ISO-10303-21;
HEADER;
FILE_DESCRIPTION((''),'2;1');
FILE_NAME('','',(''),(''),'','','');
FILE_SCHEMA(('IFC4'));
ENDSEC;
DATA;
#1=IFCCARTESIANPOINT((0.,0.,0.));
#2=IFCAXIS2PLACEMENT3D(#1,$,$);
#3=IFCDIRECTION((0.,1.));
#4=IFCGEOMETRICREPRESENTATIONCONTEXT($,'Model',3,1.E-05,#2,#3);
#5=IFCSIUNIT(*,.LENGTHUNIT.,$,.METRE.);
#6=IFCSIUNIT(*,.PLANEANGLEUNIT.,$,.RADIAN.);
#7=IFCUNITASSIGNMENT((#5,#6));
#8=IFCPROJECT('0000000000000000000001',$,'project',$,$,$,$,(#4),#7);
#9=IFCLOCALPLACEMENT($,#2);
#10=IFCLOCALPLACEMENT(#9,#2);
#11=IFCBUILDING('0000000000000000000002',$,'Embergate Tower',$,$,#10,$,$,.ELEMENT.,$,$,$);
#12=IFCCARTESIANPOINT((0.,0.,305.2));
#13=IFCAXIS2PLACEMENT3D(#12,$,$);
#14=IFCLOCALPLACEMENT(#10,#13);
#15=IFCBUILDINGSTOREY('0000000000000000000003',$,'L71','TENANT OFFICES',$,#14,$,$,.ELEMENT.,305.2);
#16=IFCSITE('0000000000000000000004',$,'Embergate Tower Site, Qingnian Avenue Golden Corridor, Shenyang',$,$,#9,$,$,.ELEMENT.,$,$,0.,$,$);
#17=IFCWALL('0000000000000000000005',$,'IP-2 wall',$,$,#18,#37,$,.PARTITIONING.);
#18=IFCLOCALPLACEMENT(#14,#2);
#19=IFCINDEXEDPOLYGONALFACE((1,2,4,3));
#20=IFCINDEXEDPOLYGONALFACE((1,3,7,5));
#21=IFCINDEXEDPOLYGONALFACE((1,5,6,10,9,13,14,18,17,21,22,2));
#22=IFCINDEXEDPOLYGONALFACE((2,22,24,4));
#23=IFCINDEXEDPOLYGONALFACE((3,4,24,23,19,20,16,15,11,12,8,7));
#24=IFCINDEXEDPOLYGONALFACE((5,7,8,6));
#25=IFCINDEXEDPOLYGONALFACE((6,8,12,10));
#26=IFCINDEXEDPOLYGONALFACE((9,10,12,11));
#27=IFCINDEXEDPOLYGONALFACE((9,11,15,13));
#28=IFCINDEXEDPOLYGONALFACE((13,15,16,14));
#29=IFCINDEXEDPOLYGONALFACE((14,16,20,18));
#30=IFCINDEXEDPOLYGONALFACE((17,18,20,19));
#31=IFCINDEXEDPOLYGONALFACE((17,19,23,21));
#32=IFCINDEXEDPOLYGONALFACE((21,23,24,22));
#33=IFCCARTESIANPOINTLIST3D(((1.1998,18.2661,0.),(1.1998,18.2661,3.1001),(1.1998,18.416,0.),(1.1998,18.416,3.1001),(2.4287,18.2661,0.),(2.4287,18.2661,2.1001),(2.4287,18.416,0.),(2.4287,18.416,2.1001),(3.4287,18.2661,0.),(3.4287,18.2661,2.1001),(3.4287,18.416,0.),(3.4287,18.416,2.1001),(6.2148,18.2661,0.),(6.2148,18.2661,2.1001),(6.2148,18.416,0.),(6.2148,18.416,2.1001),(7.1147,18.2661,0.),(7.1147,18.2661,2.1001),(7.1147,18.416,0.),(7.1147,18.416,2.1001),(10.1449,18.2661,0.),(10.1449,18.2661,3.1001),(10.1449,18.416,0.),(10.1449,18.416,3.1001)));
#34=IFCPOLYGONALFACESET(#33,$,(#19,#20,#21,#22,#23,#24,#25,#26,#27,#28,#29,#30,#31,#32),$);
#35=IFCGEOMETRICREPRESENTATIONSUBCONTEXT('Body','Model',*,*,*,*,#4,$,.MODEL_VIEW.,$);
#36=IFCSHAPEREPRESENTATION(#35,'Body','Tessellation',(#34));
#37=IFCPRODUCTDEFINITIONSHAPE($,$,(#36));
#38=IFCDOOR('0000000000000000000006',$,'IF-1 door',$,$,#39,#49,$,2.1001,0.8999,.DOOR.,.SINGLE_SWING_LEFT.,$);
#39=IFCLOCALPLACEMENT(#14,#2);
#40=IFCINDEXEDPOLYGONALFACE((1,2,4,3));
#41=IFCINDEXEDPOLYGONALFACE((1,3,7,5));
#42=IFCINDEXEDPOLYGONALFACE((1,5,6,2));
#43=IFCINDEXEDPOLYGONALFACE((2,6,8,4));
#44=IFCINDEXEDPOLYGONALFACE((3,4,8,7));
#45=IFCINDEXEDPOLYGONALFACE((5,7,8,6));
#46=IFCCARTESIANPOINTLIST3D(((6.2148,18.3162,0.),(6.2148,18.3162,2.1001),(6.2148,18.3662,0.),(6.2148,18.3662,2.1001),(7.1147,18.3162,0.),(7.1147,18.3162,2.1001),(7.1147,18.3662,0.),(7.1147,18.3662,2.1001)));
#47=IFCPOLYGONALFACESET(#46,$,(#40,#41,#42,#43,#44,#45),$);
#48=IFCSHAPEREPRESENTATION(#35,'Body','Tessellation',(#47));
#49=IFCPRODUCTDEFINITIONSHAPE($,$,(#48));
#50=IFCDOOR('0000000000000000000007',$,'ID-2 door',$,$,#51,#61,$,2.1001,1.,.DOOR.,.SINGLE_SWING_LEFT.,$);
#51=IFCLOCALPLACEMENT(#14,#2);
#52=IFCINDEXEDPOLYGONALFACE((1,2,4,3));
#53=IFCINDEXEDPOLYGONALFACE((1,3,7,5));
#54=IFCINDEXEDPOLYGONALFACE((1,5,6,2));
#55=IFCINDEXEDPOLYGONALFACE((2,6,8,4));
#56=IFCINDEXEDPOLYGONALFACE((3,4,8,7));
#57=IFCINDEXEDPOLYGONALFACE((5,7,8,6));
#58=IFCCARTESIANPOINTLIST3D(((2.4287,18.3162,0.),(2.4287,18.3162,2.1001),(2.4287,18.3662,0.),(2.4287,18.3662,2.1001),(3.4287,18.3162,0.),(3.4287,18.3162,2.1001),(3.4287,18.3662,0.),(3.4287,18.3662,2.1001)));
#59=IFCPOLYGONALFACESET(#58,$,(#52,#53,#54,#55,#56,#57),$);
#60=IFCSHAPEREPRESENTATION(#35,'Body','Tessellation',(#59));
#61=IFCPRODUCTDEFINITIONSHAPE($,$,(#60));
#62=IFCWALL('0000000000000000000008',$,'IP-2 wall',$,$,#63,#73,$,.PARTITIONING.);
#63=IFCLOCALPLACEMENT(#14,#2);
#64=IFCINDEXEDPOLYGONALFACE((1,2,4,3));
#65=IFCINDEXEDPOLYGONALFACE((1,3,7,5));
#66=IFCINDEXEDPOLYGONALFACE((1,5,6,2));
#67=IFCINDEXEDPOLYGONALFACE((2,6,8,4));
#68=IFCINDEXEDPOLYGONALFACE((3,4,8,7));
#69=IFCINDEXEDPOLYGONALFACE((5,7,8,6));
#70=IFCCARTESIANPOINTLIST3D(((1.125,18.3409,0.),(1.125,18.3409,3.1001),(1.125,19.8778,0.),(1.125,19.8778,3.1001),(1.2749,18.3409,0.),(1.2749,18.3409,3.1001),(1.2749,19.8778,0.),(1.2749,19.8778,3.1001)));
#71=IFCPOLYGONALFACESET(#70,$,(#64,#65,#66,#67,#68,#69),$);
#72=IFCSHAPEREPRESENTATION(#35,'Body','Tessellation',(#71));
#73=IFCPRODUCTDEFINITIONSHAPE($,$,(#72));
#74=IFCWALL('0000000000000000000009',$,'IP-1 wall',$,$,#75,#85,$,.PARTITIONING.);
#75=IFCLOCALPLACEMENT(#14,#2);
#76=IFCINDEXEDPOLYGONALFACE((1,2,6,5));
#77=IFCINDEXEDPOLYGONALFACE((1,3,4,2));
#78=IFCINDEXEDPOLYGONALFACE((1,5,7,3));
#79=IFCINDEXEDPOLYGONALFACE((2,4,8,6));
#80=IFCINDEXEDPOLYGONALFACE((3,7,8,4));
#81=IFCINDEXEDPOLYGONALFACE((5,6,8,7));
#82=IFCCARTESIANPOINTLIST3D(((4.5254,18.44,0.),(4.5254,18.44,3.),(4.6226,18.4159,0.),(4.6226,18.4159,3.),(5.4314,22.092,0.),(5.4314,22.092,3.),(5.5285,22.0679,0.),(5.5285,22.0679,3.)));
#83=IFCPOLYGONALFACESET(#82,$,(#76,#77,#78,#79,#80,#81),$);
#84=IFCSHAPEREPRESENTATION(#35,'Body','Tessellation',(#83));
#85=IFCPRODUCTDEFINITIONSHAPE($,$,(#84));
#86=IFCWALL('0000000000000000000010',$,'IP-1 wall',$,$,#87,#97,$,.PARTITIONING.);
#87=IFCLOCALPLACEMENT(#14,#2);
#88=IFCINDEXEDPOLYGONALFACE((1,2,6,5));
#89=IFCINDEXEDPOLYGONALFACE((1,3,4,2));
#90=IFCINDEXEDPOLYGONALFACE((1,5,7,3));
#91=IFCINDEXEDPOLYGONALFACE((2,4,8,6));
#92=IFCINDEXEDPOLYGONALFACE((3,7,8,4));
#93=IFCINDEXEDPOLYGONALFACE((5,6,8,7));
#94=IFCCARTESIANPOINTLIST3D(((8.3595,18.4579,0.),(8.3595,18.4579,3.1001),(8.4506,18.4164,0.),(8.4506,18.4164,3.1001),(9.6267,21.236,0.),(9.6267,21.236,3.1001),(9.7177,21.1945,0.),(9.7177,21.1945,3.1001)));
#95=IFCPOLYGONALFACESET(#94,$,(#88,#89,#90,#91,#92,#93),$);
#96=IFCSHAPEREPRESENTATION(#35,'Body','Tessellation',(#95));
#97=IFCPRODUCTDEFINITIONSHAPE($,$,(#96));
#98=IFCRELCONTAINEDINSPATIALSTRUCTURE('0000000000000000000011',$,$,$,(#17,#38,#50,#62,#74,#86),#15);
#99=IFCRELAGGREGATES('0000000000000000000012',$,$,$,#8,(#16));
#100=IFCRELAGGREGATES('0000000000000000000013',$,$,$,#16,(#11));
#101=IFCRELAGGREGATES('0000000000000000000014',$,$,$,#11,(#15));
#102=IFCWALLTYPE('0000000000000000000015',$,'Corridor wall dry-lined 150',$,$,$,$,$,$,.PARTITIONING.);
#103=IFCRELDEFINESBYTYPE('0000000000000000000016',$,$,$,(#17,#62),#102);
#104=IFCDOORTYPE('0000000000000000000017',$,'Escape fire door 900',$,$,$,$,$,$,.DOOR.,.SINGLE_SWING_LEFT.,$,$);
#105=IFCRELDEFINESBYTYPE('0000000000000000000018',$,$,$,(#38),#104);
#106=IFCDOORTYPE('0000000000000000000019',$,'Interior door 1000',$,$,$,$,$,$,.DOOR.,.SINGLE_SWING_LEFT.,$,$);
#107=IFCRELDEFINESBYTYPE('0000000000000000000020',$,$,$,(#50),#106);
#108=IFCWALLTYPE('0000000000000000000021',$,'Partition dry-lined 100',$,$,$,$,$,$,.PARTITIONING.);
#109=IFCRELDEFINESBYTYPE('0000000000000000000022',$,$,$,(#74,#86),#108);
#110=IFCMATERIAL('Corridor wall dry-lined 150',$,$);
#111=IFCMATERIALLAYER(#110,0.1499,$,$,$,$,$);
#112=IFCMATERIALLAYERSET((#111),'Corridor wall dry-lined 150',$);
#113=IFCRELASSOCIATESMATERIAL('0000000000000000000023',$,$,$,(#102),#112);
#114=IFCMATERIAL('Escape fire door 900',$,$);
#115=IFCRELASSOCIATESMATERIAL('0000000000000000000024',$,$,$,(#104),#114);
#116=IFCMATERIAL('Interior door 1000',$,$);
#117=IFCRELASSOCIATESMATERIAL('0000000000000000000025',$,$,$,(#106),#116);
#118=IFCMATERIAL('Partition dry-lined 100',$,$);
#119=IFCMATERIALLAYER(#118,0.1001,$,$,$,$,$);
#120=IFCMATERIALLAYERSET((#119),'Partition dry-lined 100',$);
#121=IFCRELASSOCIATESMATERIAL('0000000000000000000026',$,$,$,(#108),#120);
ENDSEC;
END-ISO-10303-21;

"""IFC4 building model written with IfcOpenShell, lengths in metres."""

from ifc_helpers import new_model, si_unit, direction, frame, frame_2d, origin, place, context, subcontext, project, spatial, rectangle, extrude, source, transform, mapped, material, layer, layer_set, type_object, element, fill, save


model = new_model("IFC4")

# Units and contexts
model_context = context("Model", 3, precision=1e-05, world=origin(), true_north=direction((0.0, 1.0)))
body_context = subcontext(model_context, "Body", "Model", "MODEL_VIEW")
ifc_project = project(units=[si_unit("LENGTHUNIT", "METRE"), si_unit("PLANEANGLEUNIT", "RADIAN")], contexts=[model_context])

# Site, building, storey
site_placement = place(None, origin())
site = spatial("IfcSite", under=ifc_project, at=site_placement, Name="Embergate Tower Site, Qingnian Avenue Golden Corridor, Shenyang", CompositionType="ELEMENT", RefElevation=0.0)
building_placement = place(site_placement, origin())
building = spatial("IfcBuilding", under=site, at=building_placement, Name="Embergate Tower", CompositionType="ELEMENT")
storey_placement = place(building_placement, frame((0.0, 0.0, 305.2)))
storey = spatial("IfcBuildingStorey", under=building, at=storey_placement, Name="L71", Description="TENANT OFFICES", CompositionType="ELEMENT", Elevation=305.2)

# Wall, openings, doors
ifc_material_1 = material(Name="Corridor wall dry-lined 150")
ifc_layer_1 = layer(ifc_material_1, 0.1499)
ifc_layer_set_1 = layer_set([ifc_layer_1], Name="Corridor wall dry-lined 150")
wall_type_1 = type_object("IfcWallType", Name="Corridor wall dry-lined 150", PredefinedType="PARTITIONING", material=ifc_layer_set_1)
shared_shape_1 = source(origin(), body_context, "Body", "SweptSolid", [
    extrude(rectangle(XDim=8.9451, YDim=0.1499, at=frame_2d((4.4727, 0.0))), origin(), (0.0, 0.0, 1.0), 3.1001),
])
wall_1_placement = place(storey_placement, frame((10.145, 18.3411, 0.0), z_axis=(0.0, 0.0, 1.0), x_axis=(-1.0, 0.0, 0.0)))
wall_1 = element("IfcWall", 1, at=wall_1_placement, inside=storey, type_object=wall_type_1, Name="IP-2 wall", PredefinedType="PARTITIONING", context=body_context, shape_type="MappedRepresentation", body=[
    mapped(shared_shape_1, transform((0.0, 0.0, 0.0))),
])
shared_shape_2 = source(origin(), body_context, "Body", "SweptSolid", [
    extrude(rectangle(XDim=0.8999, YDim=2.1001, at=frame_2d((0.45, 1.05))), frame((0.0, 0.085, 0.0), z_axis=(0.0, -1.0, 0.0), x_axis=(1.0, 0.0, 0.0)), (0.0, 0.0, 1.0), 0.1699),
])
opening_1_placement = place(wall_1_placement, frame((3.0303, 0.0, 0.0)))
opening_1 = element("IfcOpeningElement", 2, at=opening_1_placement, cuts=wall_1, PredefinedType="OPENING", context=body_context, shape_type="MappedRepresentation", body=[
    mapped(shared_shape_2, transform((0.0, 0.0, 0.0))),
])
shared_shape_3 = source(origin(), body_context, "Body", "SweptSolid", [
    extrude(rectangle(XDim=1.0, YDim=2.1001, at=frame_2d((0.5, 1.05))), frame((0.0, 0.085, 0.0), z_axis=(0.0, -1.0, 0.0), x_axis=(1.0, 0.0, 0.0)), (0.0, 0.0, 1.0), 0.1699),
])
opening_2_placement = place(wall_1_placement, frame((6.7163, 0.0, 0.0)))
opening_2 = element("IfcOpeningElement", 3, at=opening_2_placement, cuts=wall_1, PredefinedType="OPENING", context=body_context, shape_type="MappedRepresentation", body=[
    mapped(shared_shape_3, transform((0.0, 0.0, 0.0))),
])
ifc_material_2 = material(Name="Escape fire door 900")
door_type_1 = type_object("IfcDoorType", Name="Escape fire door 900", OperationType="SINGLE_SWING_LEFT", PredefinedType="DOOR", material=ifc_material_2)
shared_shape_4 = source(origin(), body_context, "Body", "SweptSolid", [
    extrude(rectangle(XDim=0.8999, YDim=2.1001, at=frame_2d((0.45, 1.05))), frame((0.0, 0.0249, 0.0), z_axis=(0.0, -1.0, 0.0), x_axis=(1.0, 0.0, 0.0)), (0.0, 0.0, 1.0), 0.05),
])
door_1_placement = place(opening_1_placement, origin())
door_1 = element("IfcDoor", 4, at=door_1_placement, inside=storey, type_object=door_type_1, Name="IF-1 door", OperationType="SINGLE_SWING_LEFT", OverallHeight=2.1001, OverallWidth=0.8999, PredefinedType="DOOR", context=body_context, shape_type="MappedRepresentation", body=[
    mapped(shared_shape_4, transform((0.0, 0.0, 0.0))),
])
fill(opening_1, door_1)
ifc_material_3 = material(Name="Interior door 1000")
door_type_2 = type_object("IfcDoorType", Name="Interior door 1000", OperationType="SINGLE_SWING_LEFT", PredefinedType="DOOR", material=ifc_material_3)
shared_shape_5 = source(origin(), body_context, "Body", "SweptSolid", [
    extrude(rectangle(XDim=1.0, YDim=2.1001, at=frame_2d((0.5, 1.05))), frame((0.0, 0.0249, 0.0), z_axis=(0.0, -1.0, 0.0), x_axis=(1.0, 0.0, 0.0)), (0.0, 0.0, 1.0), 0.05),
])
door_2_placement = place(opening_2_placement, origin())
door_2 = element("IfcDoor", 5, at=door_2_placement, inside=storey, type_object=door_type_2, Name="ID-2 door", OperationType="SINGLE_SWING_LEFT", OverallHeight=2.1001, OverallWidth=1.0, PredefinedType="DOOR", context=body_context, shape_type="MappedRepresentation", body=[
    mapped(shared_shape_5, transform((0.0, 0.0, 0.0))),
])
fill(opening_2, door_2)

# Walls
shared_shape_6 = source(origin(), body_context, "Body", "SweptSolid", [
    extrude(rectangle(XDim=1.5369, YDim=0.1499, at=frame_2d((0.7686, 0.0))), origin(), (0.0, 0.0, 1.0), 3.1001),
])
wall_2_placement = place(storey_placement, frame((1.2, 19.8779, 0.0), z_axis=(0.0, 0.0, 1.0), x_axis=(0.0, -1.0, 0.0)))
element("IfcWall", 6, at=wall_2_placement, inside=storey, type_object=wall_type_1, Name="IP-2 wall", PredefinedType="PARTITIONING", context=body_context, shape_type="MappedRepresentation", body=[
    mapped(shared_shape_6, transform((0.0, 0.0, 0.0))),
])
ifc_material_4 = material(Name="Partition dry-lined 100")
ifc_layer_2 = layer(ifc_material_4, 0.1001)
ifc_layer_set_2 = layer_set([ifc_layer_2], Name="Partition dry-lined 100")
wall_type_2 = type_object("IfcWallType", Name="Partition dry-lined 100", PredefinedType="PARTITIONING", material=ifc_layer_set_2)
shared_shape_7 = source(origin(), body_context, "Body", "SweptSolid", [
    extrude(rectangle(XDim=3.7627, YDim=0.1001, at=frame_2d((1.8813, 0.0))), origin(), (0.0, 0.0, 1.0), 3.0),
])
wall_3_placement = place(storey_placement, frame((4.574, 18.428, 0.0), z_axis=(0.0, 0.0, 1.0), x_axis=(0.24078, 0.97058, 0.0)))
element("IfcWall", 7, at=wall_3_placement, inside=storey, type_object=wall_type_2, Name="IP-1 wall", PredefinedType="PARTITIONING", context=body_context, shape_type="MappedRepresentation", body=[
    mapped(shared_shape_7, transform((0.0, 0.0, 0.0))),
])
shared_shape_8 = source(origin(), body_context, "Body", "SweptSolid", [
    extrude(rectangle(XDim=3.0535, YDim=0.1001, at=frame_2d((1.5269, 0.0))), origin(), (0.0, 0.0, 1.0), 3.1001),
])
wall_4_placement = place(storey_placement, frame((8.405, 18.437, 0.0), z_axis=(0.0, 0.0, 1.0), x_axis=(0.414977, 0.909832, 0.0)))
element("IfcWall", 8, at=wall_4_placement, inside=storey, type_object=wall_type_2, Name="IP-1 wall", PredefinedType="PARTITIONING", context=body_context, shape_type="MappedRepresentation", body=[
    mapped(shared_shape_8, transform((0.0, 0.0, 0.0))),
])

save(model, "model.ifc")
